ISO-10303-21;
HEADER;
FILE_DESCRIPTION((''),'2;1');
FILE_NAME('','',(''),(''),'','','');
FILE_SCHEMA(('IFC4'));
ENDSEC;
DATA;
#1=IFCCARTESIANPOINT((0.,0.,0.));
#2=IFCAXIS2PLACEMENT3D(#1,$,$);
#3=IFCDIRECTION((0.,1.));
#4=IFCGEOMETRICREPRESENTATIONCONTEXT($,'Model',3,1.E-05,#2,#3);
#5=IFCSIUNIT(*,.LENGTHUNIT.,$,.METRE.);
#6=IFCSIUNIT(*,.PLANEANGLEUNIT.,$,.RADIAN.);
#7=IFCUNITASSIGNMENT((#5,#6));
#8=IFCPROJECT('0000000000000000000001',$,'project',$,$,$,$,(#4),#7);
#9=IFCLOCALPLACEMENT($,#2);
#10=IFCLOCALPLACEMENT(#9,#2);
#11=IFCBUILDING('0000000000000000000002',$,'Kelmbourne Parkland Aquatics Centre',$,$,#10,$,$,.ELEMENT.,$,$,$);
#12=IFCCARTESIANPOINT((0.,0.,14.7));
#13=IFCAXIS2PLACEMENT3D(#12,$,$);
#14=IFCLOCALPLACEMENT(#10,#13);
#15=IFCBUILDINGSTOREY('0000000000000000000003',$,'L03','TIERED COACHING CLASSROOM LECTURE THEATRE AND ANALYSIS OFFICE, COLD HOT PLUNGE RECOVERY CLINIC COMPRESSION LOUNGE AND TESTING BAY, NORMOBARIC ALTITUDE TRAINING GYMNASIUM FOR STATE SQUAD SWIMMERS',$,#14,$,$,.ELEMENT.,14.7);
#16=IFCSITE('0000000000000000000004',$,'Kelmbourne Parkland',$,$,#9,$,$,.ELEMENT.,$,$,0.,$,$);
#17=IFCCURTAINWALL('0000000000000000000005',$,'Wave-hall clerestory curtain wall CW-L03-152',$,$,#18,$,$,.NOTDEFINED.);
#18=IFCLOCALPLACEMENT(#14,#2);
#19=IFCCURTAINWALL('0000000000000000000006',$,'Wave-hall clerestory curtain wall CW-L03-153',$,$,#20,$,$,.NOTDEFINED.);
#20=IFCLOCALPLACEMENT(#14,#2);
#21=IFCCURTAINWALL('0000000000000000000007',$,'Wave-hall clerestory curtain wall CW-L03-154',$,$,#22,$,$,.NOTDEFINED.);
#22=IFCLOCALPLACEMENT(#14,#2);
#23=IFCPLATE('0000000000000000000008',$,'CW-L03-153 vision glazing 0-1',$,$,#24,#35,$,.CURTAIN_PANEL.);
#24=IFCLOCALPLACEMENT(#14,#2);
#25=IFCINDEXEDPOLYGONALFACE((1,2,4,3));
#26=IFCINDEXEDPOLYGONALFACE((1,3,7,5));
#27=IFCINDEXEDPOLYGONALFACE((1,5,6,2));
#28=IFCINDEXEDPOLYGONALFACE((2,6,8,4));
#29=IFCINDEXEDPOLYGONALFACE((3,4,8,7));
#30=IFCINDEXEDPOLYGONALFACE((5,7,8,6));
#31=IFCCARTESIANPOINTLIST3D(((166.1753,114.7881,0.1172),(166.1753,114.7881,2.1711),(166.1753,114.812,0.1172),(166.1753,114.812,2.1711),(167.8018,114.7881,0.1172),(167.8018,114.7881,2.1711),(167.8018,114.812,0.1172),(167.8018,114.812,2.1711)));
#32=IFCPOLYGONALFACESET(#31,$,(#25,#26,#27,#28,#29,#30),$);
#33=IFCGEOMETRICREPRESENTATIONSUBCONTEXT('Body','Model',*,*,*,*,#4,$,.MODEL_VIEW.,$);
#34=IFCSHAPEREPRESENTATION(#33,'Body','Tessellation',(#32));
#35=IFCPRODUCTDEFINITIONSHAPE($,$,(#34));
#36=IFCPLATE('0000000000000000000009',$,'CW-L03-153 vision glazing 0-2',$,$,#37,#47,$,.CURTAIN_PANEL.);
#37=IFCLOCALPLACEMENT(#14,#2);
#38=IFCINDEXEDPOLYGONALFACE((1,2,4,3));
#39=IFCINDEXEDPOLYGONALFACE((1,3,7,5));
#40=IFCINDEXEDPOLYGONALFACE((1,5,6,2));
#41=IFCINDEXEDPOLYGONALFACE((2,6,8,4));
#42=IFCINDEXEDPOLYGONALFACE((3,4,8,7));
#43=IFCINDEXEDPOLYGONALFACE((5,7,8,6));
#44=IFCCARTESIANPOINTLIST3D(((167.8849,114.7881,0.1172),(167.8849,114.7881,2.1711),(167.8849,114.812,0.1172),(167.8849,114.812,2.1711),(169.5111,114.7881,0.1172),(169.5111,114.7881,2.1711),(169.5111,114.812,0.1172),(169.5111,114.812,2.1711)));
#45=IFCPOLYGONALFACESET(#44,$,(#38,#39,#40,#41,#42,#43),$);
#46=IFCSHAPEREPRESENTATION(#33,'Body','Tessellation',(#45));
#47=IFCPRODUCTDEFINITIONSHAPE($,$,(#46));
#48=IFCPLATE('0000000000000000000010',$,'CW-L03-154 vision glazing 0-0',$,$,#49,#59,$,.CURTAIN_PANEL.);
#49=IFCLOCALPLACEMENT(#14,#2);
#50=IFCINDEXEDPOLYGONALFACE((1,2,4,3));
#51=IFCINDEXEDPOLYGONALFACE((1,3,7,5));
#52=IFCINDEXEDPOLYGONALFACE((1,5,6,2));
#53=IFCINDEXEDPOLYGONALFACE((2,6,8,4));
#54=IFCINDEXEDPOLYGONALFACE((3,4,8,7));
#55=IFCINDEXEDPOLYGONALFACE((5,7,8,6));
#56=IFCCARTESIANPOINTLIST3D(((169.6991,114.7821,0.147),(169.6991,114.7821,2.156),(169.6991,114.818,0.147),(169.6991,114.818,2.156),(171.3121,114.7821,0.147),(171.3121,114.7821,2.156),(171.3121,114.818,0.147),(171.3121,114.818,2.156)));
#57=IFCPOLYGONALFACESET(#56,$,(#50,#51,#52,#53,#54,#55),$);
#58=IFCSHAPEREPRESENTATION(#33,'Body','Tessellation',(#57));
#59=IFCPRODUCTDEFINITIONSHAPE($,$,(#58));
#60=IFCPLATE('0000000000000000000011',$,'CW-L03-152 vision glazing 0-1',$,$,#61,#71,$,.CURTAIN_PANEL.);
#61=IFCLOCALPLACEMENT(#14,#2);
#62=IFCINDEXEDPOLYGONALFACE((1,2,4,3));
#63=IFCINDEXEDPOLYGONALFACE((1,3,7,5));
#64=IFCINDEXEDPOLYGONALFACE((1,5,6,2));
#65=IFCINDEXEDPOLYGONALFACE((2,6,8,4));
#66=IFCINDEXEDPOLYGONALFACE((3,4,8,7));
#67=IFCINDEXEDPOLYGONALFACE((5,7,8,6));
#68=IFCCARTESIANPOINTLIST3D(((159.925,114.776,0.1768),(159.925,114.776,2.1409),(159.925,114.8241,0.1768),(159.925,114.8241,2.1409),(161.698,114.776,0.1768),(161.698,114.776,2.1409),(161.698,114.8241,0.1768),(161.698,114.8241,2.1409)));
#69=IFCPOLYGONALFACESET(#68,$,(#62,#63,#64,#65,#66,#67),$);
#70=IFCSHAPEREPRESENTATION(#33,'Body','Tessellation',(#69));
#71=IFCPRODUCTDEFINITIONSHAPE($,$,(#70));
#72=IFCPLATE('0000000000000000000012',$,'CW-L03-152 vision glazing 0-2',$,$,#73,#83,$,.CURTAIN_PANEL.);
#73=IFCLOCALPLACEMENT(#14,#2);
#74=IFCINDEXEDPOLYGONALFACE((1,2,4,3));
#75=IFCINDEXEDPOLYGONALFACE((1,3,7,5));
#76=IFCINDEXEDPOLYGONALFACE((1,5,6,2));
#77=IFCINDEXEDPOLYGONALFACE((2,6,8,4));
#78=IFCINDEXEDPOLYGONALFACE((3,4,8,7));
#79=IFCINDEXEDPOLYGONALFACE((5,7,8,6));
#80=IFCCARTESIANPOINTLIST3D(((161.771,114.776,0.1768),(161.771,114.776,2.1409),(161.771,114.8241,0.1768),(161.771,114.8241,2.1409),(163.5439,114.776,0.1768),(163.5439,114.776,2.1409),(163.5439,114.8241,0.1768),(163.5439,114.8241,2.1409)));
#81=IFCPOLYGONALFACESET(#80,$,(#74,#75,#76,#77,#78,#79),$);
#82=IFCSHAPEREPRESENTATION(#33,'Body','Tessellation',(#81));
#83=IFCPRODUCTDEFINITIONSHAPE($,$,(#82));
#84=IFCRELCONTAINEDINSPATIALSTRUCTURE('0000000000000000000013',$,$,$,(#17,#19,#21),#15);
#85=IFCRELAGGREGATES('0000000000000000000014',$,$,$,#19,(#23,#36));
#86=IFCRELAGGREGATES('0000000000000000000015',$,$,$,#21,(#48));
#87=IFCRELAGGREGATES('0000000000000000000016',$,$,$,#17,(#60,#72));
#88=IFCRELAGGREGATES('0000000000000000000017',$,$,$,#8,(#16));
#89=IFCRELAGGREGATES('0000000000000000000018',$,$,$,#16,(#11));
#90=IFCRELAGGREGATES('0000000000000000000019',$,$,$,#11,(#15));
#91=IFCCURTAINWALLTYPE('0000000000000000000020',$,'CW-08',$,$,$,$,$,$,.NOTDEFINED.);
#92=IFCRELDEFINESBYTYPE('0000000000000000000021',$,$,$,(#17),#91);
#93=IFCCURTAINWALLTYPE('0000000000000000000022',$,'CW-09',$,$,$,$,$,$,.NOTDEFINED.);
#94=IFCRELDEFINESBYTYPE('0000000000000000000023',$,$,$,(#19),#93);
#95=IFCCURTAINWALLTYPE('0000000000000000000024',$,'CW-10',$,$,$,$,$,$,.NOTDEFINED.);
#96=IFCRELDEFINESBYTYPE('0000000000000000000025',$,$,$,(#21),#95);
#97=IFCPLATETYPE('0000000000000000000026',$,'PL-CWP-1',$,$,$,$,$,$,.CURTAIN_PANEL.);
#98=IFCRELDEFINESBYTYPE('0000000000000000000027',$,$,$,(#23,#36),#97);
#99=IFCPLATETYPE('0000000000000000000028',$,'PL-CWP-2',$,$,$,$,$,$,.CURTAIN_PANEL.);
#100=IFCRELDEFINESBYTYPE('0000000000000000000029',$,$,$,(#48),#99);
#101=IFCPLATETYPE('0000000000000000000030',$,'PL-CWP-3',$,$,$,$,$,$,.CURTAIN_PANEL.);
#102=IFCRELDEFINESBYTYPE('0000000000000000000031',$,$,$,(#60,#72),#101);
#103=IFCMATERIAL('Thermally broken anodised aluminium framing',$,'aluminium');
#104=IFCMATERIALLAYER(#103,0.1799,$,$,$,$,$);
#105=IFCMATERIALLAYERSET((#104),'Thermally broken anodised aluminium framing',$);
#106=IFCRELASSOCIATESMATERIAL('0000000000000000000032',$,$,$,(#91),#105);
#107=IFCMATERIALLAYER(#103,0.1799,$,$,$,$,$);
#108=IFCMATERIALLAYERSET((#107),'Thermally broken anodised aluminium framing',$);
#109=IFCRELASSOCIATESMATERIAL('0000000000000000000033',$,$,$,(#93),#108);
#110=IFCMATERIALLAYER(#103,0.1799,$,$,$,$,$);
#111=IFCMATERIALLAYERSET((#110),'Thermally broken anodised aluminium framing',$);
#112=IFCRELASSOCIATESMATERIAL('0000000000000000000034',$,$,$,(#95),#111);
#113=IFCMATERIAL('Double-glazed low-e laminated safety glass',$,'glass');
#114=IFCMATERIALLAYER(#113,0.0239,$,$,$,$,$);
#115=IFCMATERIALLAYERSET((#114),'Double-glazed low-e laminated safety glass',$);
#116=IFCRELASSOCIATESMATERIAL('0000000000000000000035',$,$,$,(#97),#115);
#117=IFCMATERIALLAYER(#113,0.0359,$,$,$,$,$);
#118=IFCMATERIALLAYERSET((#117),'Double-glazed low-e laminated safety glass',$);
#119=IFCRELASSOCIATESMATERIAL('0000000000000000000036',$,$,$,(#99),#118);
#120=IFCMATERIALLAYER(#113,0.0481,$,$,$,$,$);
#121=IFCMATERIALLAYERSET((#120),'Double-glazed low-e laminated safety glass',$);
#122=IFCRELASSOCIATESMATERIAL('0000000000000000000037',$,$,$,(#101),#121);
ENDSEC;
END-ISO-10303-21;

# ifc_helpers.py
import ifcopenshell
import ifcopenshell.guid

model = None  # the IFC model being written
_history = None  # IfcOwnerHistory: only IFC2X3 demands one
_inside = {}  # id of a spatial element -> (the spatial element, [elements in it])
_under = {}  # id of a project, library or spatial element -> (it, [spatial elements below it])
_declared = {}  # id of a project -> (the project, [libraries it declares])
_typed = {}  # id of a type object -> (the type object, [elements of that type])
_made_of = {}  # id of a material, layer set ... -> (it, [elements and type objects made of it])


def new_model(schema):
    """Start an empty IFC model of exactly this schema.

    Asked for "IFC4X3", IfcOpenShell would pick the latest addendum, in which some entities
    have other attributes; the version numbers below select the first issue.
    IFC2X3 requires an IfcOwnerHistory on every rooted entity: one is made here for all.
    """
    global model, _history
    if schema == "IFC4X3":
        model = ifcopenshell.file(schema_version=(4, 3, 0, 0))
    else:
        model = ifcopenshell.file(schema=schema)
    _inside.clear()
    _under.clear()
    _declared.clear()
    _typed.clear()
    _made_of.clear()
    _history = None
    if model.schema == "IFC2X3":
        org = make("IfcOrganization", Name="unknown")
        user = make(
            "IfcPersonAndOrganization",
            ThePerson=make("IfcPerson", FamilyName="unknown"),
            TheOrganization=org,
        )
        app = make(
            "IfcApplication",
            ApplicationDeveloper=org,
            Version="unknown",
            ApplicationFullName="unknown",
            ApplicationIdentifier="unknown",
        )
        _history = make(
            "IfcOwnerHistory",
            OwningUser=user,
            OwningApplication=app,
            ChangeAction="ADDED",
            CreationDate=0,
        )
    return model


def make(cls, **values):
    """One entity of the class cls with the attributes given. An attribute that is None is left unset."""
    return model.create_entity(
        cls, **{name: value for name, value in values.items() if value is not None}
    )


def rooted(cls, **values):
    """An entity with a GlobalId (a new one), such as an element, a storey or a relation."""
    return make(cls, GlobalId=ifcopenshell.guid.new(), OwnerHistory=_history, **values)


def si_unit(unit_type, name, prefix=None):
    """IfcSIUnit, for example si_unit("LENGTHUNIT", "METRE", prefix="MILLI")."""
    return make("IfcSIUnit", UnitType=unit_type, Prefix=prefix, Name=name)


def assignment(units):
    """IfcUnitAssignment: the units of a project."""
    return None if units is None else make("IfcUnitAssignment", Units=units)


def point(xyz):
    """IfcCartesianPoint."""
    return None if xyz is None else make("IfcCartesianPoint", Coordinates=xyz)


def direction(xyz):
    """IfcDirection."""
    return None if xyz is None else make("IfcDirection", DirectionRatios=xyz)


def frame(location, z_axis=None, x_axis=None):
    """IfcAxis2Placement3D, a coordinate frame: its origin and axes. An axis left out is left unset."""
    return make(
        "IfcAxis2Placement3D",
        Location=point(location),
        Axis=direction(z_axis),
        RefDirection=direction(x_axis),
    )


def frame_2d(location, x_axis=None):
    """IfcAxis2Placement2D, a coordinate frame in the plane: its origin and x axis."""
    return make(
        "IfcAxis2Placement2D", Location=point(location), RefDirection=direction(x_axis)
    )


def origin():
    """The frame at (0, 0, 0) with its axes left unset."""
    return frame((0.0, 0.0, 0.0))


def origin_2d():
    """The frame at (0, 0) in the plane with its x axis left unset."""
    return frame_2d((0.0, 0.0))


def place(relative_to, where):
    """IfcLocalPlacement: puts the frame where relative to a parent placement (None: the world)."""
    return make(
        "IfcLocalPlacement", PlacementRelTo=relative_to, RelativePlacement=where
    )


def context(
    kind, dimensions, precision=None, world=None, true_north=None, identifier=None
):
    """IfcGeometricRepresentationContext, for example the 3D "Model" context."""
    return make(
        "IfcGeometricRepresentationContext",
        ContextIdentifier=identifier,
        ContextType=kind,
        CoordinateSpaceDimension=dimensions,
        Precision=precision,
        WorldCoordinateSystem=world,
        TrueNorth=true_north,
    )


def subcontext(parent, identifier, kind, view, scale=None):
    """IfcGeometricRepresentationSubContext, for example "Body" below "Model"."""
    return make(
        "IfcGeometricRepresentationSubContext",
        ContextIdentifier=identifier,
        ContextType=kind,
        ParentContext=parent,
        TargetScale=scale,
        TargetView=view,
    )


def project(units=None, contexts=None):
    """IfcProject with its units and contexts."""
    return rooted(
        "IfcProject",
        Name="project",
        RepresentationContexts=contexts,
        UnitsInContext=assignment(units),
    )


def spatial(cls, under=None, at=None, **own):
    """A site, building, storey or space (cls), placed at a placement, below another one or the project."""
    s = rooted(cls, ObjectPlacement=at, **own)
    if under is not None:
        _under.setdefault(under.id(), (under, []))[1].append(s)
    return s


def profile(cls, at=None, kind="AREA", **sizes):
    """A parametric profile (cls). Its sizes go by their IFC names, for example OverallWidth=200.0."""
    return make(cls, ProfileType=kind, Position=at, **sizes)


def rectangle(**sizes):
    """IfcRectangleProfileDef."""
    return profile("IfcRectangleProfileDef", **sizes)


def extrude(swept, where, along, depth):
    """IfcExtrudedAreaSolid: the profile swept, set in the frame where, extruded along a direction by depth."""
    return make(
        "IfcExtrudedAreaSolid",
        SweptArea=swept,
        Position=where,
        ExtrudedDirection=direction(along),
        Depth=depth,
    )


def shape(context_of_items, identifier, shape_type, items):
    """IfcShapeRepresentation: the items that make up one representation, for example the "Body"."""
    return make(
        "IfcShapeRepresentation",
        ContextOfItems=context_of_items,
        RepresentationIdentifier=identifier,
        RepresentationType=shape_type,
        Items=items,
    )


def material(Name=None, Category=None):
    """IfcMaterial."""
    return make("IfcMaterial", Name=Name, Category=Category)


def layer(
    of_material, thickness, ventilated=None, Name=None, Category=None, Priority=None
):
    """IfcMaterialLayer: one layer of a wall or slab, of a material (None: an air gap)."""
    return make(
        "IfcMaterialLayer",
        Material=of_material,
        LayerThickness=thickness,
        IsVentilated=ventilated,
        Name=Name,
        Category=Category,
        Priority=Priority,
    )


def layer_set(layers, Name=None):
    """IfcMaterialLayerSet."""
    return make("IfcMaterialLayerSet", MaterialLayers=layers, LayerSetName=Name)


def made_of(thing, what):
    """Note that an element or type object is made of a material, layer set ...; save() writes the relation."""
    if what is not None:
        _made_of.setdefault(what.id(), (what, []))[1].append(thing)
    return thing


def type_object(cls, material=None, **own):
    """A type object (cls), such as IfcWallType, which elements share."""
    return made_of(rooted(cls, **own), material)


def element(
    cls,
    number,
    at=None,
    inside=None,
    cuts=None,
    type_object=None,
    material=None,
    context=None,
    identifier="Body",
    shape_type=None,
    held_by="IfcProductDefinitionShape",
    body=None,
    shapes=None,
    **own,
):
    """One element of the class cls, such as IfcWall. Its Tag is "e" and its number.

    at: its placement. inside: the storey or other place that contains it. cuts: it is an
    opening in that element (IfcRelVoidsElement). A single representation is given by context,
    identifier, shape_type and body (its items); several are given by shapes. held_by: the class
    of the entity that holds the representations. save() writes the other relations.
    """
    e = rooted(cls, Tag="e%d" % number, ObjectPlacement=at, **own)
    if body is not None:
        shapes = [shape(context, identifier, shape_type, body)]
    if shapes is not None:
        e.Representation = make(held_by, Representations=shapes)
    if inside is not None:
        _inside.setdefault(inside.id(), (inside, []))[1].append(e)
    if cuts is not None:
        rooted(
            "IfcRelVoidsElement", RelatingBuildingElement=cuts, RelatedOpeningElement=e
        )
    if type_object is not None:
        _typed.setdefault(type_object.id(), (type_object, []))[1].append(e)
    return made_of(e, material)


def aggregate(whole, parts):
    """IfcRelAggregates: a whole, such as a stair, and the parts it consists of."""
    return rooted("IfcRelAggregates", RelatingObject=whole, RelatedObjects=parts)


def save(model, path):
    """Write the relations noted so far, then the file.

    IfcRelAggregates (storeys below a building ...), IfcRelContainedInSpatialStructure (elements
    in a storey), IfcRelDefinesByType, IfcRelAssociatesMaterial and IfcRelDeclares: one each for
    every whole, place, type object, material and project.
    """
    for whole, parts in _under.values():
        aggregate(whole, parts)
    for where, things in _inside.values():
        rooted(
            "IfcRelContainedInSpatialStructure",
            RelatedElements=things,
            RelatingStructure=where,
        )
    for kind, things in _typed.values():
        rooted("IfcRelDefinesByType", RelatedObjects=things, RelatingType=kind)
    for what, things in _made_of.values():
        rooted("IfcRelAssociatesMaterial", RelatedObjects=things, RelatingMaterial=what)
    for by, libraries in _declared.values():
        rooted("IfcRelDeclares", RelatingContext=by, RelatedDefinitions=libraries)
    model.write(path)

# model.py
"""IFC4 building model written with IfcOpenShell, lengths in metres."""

from ifc_helpers import new_model, si_unit, direction, frame, origin, origin_2d, place, context, subcontext, project, spatial, rectangle, extrude, material, layer, layer_set, type_object, element, aggregate, save


model = new_model("IFC4")

# Units and contexts
model_context = context("Model", 3, precision=1e-05, world=origin(), true_north=direction((0.0, 1.0)))
body_context = subcontext(model_context, "Body", "Model", "MODEL_VIEW")
ifc_project = project(units=[si_unit("LENGTHUNIT", "METRE"), si_unit("PLANEANGLEUNIT", "RADIAN")], contexts=[model_context])

# Site, building, storey
site_placement = place(None, origin())
site = spatial("IfcSite", under=ifc_project, at=site_placement, Name="Kelmbourne Parkland", CompositionType="ELEMENT", RefElevation=0.0)
building_placement = place(site_placement, origin())
building = spatial("IfcBuilding", under=site, at=building_placement, Name="Kelmbourne Parkland Aquatics Centre", CompositionType="ELEMENT")
storey_placement = place(building_placement, frame((0.0, 0.0, 14.7)))
storey = spatial("IfcBuildingStorey", under=building, at=storey_placement, Name="L03", Description="TIERED COACHING CLASSROOM LECTURE THEATRE AND ANALYSIS OFFICE, COLD HOT PLUNGE RECOVERY CLINIC COMPRESSION LOUNGE AND TESTING BAY, NORMOBARIC ALTITUDE TRAINING GYMNASIUM FOR STATE SQUAD SWIMMERS", CompositionType="ELEMENT", Elevation=14.7)

# Curtain walls
ifc_material_1 = material(Name="Thermally broken anodised aluminium framing", Category="aluminium")
ifc_layer_1 = layer(ifc_material_1, 0.1799)
ifc_layer_set_1 = layer_set([ifc_layer_1], Name="Thermally broken anodised aluminium framing")
curtain_wall_type_1 = type_object("IfcCurtainWallType", Name="CW-08", PredefinedType="NOTDEFINED", material=ifc_layer_set_1)
curtain_wall_1_placement = place(storey_placement, origin())
curtain_wall_1 = element("IfcCurtainWall", 1, at=curtain_wall_1_placement, inside=storey, type_object=curtain_wall_type_1, Name="Wave-hall clerestory curtain wall CW-L03-152", PredefinedType="NOTDEFINED")
ifc_layer_2 = layer(ifc_material_1, 0.1799)
ifc_layer_set_2 = layer_set([ifc_layer_2], Name="Thermally broken anodised aluminium framing")
curtain_wall_type_2 = type_object("IfcCurtainWallType", Name="CW-09", PredefinedType="NOTDEFINED", material=ifc_layer_set_2)
curtain_wall_2_placement = place(storey_placement, origin())
curtain_wall_2 = element("IfcCurtainWall", 2, at=curtain_wall_2_placement, inside=storey, type_object=curtain_wall_type_2, Name="Wave-hall clerestory curtain wall CW-L03-153", PredefinedType="NOTDEFINED")
ifc_layer_3 = layer(ifc_material_1, 0.1799)
ifc_layer_set_3 = layer_set([ifc_layer_3], Name="Thermally broken anodised aluminium framing")
curtain_wall_type_3 = type_object("IfcCurtainWallType", Name="CW-10", PredefinedType="NOTDEFINED", material=ifc_layer_set_3)
curtain_wall_3_placement = place(storey_placement, origin())
curtain_wall_3 = element("IfcCurtainWall", 3, at=curtain_wall_3_placement, inside=storey, type_object=curtain_wall_type_3, Name="Wave-hall clerestory curtain wall CW-L03-154", PredefinedType="NOTDEFINED")

# Plates
ifc_material_2 = material(Name="Double-glazed low-e laminated safety glass", Category="glass")
ifc_layer_4 = layer(ifc_material_2, 0.0239)
ifc_layer_set_4 = layer_set([ifc_layer_4], Name="Double-glazed low-e laminated safety glass")
plate_type_1 = type_object("IfcPlateType", Name="PL-CWP-1", PredefinedType="CURTAIN_PANEL", material=ifc_layer_set_4)
plate_1_placement = place(storey_placement, frame((166.9885, 114.8, 0.1172), z_axis=(0.0, 0.0, 1.0), x_axis=(1.0, 0.0, 0.0)))
plate_1 = element("IfcPlate", 4, at=plate_1_placement, type_object=plate_type_1, Name="CW-L03-153 vision glazing 0-1", PredefinedType="CURTAIN_PANEL", context=body_context, shape_type="SweptSolid", body=[
    extrude(rectangle(XDim=1.6265, YDim=0.0239, at=origin_2d()), origin(), (0.0, 0.0, 1.0), 2.054),
])
plate_2_placement = place(storey_placement, frame((168.698, 114.8, 0.1172), z_axis=(0.0, 0.0, 1.0), x_axis=(1.0, 0.0, 0.0)))
plate_2 = element("IfcPlate", 5, at=plate_2_placement, type_object=plate_type_1, Name="CW-L03-153 vision glazing 0-2", PredefinedType="CURTAIN_PANEL", context=body_context, shape_type="SweptSolid", body=[
    extrude(rectangle(XDim=1.6262, YDim=0.0239, at=origin_2d()), origin(), (0.0, 0.0, 1.0), 2.054),
])
aggregate(curtain_wall_2, [plate_1, plate_2])
ifc_layer_5 = layer(ifc_material_2, 0.0359)
ifc_layer_set_5 = layer_set([ifc_layer_5], Name="Double-glazed low-e laminated safety glass")
plate_type_2 = type_object("IfcPlateType", Name="PL-CWP-2", PredefinedType="CURTAIN_PANEL", material=ifc_layer_set_5)
plate_3_placement = place(storey_placement, frame((170.5056, 114.8, 0.147), z_axis=(0.0, 0.0, 1.0), x_axis=(1.0, 0.0, 0.0)))
plate_3 = element("IfcPlate", 6, at=plate_3_placement, type_object=plate_type_2, Name="CW-L03-154 vision glazing 0-0", PredefinedType="CURTAIN_PANEL", context=body_context, shape_type="SweptSolid", body=[
    extrude(rectangle(XDim=1.613, YDim=0.0359, at=origin_2d()), origin(), (0.0, 0.0, 1.0), 2.009),
])
aggregate(curtain_wall_3, [plate_3])
ifc_layer_6 = layer(ifc_material_2, 0.0481)
ifc_layer_set_6 = layer_set([ifc_layer_6], Name="Double-glazed low-e laminated safety glass")
plate_type_3 = type_object("IfcPlateType", Name="PL-CWP-3", PredefinedType="CURTAIN_PANEL", material=ifc_layer_set_6)
plate_4_placement = place(storey_placement, frame((160.8115, 114.8, 0.1768), z_axis=(0.0, 0.0, 1.0), x_axis=(1.0, 0.0, 0.0)))
plate_4 = element("IfcPlate", 7, at=plate_4_placement, type_object=plate_type_3, Name="CW-L03-152 vision glazing 0-1", PredefinedType="CURTAIN_PANEL", context=body_context, shape_type="SweptSolid", body=[
    extrude(rectangle(XDim=1.7729, YDim=0.0481, at=origin_2d()), origin(), (0.0, 0.0, 1.0), 1.9641),
])
plate_5_placement = place(storey_placement, frame((162.6575, 114.8, 0.1768), z_axis=(0.0, 0.0, 1.0), x_axis=(1.0, 0.0, 0.0)))
plate_5 = element("IfcPlate", 8, at=plate_5_placement, type_object=plate_type_3, Name="CW-L03-152 vision glazing 0-2", PredefinedType="CURTAIN_PANEL", context=body_context, shape_type="SweptSolid", body=[
    extrude(rectangle(XDim=1.7729, YDim=0.0481, at=origin_2d()), origin(), (0.0, 0.0, 1.0), 1.9641),
])
aggregate(curtain_wall_1, [plate_4, plate_5])

save(model, "model.ifc")
